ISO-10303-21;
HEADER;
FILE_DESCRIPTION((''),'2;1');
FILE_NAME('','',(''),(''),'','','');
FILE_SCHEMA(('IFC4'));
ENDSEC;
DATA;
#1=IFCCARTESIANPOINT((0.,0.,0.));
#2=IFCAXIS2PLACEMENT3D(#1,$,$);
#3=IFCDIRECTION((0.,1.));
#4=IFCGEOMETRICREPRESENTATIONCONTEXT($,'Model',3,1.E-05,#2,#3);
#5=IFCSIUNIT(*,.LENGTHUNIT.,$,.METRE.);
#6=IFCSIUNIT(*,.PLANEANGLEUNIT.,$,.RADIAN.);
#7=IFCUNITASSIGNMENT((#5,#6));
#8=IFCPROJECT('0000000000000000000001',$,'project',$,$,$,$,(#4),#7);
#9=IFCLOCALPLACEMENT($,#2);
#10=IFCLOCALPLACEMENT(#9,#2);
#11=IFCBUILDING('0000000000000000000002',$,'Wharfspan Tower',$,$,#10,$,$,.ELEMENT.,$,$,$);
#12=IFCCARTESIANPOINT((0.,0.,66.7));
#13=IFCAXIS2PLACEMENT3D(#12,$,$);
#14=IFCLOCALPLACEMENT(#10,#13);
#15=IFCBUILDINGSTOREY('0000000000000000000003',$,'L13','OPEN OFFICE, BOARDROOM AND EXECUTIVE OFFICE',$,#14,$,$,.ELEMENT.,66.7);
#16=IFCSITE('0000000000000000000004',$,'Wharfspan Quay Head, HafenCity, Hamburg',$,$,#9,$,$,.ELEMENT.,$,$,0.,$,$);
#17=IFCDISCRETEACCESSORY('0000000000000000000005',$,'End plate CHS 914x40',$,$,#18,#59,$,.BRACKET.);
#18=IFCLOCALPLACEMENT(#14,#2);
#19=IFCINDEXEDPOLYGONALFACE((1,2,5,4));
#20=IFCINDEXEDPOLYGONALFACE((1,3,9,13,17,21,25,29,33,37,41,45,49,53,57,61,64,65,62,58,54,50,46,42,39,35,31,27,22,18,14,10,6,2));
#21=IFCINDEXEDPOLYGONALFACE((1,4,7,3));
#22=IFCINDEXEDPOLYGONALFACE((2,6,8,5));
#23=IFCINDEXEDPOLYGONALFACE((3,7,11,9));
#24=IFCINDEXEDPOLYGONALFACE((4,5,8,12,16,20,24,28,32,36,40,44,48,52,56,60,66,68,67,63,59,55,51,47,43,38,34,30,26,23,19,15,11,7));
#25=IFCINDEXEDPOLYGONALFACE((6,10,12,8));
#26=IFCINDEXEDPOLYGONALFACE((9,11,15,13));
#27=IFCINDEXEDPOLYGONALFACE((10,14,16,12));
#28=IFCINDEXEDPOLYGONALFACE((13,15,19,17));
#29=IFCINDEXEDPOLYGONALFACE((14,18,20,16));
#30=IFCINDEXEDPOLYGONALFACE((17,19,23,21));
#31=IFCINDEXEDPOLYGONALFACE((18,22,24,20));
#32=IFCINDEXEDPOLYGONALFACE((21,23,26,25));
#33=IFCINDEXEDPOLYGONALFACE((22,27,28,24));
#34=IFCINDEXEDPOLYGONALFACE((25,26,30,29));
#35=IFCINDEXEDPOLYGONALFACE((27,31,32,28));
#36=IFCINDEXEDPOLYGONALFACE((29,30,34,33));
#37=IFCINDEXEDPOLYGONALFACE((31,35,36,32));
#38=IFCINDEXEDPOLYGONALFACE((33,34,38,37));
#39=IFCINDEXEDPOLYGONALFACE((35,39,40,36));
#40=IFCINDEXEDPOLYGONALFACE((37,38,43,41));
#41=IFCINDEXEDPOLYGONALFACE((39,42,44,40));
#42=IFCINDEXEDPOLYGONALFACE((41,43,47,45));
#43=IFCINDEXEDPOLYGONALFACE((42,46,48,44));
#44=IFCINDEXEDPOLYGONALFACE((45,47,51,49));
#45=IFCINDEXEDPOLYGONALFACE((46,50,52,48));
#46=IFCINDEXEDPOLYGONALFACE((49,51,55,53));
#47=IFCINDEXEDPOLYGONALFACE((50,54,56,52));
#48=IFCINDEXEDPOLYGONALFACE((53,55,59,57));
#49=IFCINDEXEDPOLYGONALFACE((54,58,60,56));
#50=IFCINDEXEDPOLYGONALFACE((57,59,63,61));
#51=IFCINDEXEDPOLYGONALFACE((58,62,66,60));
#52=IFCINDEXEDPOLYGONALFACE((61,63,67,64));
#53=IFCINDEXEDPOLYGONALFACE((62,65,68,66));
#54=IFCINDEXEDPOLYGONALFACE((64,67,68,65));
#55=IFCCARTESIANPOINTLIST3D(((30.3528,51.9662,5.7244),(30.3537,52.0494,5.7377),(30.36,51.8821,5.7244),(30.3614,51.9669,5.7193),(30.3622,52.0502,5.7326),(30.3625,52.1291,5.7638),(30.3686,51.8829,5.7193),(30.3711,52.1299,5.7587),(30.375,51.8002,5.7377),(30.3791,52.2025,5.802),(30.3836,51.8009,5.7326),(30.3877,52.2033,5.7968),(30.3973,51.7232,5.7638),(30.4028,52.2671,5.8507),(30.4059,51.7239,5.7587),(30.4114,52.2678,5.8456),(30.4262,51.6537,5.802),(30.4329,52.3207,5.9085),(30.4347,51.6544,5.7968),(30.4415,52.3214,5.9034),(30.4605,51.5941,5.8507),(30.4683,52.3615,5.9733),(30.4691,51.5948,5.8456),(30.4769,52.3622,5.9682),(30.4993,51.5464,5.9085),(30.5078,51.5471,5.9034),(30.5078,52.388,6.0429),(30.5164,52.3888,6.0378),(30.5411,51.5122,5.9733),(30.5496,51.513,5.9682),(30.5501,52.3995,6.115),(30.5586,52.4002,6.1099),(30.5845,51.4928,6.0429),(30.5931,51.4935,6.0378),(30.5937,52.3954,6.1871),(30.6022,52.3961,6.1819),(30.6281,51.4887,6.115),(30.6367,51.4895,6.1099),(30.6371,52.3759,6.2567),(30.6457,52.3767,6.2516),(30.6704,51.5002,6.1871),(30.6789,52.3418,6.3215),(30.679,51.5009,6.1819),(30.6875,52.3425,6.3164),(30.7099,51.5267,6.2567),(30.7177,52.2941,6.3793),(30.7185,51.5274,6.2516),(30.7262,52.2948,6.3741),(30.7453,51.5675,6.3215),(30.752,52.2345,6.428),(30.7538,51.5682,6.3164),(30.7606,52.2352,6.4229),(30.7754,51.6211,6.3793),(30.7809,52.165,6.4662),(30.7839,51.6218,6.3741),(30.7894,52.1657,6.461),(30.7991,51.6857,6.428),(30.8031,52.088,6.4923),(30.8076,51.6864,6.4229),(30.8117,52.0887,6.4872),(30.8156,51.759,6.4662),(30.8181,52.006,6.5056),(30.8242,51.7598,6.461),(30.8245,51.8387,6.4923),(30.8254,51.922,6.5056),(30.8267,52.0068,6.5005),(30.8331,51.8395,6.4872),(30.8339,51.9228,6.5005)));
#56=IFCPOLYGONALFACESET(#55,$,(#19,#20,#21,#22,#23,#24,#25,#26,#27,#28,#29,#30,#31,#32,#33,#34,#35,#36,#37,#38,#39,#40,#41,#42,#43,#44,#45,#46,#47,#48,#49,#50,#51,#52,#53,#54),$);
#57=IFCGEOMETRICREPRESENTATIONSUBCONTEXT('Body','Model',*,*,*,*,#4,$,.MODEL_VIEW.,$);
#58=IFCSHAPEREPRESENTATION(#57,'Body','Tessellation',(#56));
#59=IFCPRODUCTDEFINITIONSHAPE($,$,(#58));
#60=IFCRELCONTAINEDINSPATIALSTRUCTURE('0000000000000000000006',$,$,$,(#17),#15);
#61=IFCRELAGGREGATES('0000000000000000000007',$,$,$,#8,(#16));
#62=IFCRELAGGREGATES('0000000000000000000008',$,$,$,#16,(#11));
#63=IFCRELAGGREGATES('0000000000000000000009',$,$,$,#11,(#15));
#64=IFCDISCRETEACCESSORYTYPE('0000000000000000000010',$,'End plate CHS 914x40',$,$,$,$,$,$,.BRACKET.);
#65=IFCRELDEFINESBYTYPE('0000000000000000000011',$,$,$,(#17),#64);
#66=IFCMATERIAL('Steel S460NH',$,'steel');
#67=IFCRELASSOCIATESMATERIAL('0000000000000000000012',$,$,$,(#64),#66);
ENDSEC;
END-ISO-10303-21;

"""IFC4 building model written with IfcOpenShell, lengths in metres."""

from ifc_helpers import new_model, si_unit, direction, frame, origin, origin_2d, place, context, subcontext, project, spatial, circle, extrude, material, material_profile, profile_set, type_object, element, save


model = new_model("IFC4")

# Units and contexts
model_context = context("Model", 3, precision=1e-05, world=origin(), true_north=direction((0.0, 1.0)))
body_context = subcontext(model_context, "Body", "Model", "MODEL_VIEW")
ifc_project = project(units=[si_unit("LENGTHUNIT", "METRE"), si_unit("PLANEANGLEUNIT", "RADIAN")], contexts=[model_context])

# Site, building, storey
site_placement = place(None, origin())
site = spatial("IfcSite", under=ifc_project, at=site_placement, Name="Wharfspan Quay Head, HafenCity, Hamburg", CompositionType="ELEMENT", RefElevation=0.0)
building_placement = place(site_placement, origin())
building = spatial("IfcBuilding", under=site, at=building_placement, Name="Wharfspan Tower", CompositionType="ELEMENT")
storey_placement = place(building_placement, frame((0.0, 0.0, 66.7)))
storey = spatial("IfcBuildingStorey", under=building, at=storey_placement, Name="L13", Description="OPEN OFFICE, BOARDROOM AND EXECUTIVE OFFICE", CompositionType="ELEMENT", Elevation=66.7)

# Shared definitions
ifc_material_1 = material(Name="Steel S460NH", Category="steel")

# Discrete accessory
ifc_material_profile_1 = material_profile(ifc_material_1, circle(Radius=0.457, at=origin_2d()))
ifc_profile_set_1 = profile_set([ifc_material_profile_1], Name="Steel S460NH")
discrete_accessory_type = type_object("IfcDiscreteAccessoryType", Name="End plate CHS 914x40", PredefinedType="BRACKET", material=ifc_profile_set_1)
for number, where, z_axis, x_axis, name in (
    (1, (30.5977, 51.9448, 6.1099), (-0.855186, -0.073302, 0.513112), (0.085402, -0.996345, 0.000001), "End plate CHS 914x40"),
):
    element("IfcDiscreteAccessory", number, at=place(storey_placement, frame(where, z_axis=z_axis, x_axis=x_axis)), inside=storey, type_object=discrete_accessory_type, Name=name, PredefinedType="BRACKET", context=body_context, shape_type="SweptSolid", body=[
        extrude(circle(Radius=0.457, at=origin_2d()), origin(), (0.0, 0.0, 1.0), 0.01),
    ])

save(model, "model.ifc")
